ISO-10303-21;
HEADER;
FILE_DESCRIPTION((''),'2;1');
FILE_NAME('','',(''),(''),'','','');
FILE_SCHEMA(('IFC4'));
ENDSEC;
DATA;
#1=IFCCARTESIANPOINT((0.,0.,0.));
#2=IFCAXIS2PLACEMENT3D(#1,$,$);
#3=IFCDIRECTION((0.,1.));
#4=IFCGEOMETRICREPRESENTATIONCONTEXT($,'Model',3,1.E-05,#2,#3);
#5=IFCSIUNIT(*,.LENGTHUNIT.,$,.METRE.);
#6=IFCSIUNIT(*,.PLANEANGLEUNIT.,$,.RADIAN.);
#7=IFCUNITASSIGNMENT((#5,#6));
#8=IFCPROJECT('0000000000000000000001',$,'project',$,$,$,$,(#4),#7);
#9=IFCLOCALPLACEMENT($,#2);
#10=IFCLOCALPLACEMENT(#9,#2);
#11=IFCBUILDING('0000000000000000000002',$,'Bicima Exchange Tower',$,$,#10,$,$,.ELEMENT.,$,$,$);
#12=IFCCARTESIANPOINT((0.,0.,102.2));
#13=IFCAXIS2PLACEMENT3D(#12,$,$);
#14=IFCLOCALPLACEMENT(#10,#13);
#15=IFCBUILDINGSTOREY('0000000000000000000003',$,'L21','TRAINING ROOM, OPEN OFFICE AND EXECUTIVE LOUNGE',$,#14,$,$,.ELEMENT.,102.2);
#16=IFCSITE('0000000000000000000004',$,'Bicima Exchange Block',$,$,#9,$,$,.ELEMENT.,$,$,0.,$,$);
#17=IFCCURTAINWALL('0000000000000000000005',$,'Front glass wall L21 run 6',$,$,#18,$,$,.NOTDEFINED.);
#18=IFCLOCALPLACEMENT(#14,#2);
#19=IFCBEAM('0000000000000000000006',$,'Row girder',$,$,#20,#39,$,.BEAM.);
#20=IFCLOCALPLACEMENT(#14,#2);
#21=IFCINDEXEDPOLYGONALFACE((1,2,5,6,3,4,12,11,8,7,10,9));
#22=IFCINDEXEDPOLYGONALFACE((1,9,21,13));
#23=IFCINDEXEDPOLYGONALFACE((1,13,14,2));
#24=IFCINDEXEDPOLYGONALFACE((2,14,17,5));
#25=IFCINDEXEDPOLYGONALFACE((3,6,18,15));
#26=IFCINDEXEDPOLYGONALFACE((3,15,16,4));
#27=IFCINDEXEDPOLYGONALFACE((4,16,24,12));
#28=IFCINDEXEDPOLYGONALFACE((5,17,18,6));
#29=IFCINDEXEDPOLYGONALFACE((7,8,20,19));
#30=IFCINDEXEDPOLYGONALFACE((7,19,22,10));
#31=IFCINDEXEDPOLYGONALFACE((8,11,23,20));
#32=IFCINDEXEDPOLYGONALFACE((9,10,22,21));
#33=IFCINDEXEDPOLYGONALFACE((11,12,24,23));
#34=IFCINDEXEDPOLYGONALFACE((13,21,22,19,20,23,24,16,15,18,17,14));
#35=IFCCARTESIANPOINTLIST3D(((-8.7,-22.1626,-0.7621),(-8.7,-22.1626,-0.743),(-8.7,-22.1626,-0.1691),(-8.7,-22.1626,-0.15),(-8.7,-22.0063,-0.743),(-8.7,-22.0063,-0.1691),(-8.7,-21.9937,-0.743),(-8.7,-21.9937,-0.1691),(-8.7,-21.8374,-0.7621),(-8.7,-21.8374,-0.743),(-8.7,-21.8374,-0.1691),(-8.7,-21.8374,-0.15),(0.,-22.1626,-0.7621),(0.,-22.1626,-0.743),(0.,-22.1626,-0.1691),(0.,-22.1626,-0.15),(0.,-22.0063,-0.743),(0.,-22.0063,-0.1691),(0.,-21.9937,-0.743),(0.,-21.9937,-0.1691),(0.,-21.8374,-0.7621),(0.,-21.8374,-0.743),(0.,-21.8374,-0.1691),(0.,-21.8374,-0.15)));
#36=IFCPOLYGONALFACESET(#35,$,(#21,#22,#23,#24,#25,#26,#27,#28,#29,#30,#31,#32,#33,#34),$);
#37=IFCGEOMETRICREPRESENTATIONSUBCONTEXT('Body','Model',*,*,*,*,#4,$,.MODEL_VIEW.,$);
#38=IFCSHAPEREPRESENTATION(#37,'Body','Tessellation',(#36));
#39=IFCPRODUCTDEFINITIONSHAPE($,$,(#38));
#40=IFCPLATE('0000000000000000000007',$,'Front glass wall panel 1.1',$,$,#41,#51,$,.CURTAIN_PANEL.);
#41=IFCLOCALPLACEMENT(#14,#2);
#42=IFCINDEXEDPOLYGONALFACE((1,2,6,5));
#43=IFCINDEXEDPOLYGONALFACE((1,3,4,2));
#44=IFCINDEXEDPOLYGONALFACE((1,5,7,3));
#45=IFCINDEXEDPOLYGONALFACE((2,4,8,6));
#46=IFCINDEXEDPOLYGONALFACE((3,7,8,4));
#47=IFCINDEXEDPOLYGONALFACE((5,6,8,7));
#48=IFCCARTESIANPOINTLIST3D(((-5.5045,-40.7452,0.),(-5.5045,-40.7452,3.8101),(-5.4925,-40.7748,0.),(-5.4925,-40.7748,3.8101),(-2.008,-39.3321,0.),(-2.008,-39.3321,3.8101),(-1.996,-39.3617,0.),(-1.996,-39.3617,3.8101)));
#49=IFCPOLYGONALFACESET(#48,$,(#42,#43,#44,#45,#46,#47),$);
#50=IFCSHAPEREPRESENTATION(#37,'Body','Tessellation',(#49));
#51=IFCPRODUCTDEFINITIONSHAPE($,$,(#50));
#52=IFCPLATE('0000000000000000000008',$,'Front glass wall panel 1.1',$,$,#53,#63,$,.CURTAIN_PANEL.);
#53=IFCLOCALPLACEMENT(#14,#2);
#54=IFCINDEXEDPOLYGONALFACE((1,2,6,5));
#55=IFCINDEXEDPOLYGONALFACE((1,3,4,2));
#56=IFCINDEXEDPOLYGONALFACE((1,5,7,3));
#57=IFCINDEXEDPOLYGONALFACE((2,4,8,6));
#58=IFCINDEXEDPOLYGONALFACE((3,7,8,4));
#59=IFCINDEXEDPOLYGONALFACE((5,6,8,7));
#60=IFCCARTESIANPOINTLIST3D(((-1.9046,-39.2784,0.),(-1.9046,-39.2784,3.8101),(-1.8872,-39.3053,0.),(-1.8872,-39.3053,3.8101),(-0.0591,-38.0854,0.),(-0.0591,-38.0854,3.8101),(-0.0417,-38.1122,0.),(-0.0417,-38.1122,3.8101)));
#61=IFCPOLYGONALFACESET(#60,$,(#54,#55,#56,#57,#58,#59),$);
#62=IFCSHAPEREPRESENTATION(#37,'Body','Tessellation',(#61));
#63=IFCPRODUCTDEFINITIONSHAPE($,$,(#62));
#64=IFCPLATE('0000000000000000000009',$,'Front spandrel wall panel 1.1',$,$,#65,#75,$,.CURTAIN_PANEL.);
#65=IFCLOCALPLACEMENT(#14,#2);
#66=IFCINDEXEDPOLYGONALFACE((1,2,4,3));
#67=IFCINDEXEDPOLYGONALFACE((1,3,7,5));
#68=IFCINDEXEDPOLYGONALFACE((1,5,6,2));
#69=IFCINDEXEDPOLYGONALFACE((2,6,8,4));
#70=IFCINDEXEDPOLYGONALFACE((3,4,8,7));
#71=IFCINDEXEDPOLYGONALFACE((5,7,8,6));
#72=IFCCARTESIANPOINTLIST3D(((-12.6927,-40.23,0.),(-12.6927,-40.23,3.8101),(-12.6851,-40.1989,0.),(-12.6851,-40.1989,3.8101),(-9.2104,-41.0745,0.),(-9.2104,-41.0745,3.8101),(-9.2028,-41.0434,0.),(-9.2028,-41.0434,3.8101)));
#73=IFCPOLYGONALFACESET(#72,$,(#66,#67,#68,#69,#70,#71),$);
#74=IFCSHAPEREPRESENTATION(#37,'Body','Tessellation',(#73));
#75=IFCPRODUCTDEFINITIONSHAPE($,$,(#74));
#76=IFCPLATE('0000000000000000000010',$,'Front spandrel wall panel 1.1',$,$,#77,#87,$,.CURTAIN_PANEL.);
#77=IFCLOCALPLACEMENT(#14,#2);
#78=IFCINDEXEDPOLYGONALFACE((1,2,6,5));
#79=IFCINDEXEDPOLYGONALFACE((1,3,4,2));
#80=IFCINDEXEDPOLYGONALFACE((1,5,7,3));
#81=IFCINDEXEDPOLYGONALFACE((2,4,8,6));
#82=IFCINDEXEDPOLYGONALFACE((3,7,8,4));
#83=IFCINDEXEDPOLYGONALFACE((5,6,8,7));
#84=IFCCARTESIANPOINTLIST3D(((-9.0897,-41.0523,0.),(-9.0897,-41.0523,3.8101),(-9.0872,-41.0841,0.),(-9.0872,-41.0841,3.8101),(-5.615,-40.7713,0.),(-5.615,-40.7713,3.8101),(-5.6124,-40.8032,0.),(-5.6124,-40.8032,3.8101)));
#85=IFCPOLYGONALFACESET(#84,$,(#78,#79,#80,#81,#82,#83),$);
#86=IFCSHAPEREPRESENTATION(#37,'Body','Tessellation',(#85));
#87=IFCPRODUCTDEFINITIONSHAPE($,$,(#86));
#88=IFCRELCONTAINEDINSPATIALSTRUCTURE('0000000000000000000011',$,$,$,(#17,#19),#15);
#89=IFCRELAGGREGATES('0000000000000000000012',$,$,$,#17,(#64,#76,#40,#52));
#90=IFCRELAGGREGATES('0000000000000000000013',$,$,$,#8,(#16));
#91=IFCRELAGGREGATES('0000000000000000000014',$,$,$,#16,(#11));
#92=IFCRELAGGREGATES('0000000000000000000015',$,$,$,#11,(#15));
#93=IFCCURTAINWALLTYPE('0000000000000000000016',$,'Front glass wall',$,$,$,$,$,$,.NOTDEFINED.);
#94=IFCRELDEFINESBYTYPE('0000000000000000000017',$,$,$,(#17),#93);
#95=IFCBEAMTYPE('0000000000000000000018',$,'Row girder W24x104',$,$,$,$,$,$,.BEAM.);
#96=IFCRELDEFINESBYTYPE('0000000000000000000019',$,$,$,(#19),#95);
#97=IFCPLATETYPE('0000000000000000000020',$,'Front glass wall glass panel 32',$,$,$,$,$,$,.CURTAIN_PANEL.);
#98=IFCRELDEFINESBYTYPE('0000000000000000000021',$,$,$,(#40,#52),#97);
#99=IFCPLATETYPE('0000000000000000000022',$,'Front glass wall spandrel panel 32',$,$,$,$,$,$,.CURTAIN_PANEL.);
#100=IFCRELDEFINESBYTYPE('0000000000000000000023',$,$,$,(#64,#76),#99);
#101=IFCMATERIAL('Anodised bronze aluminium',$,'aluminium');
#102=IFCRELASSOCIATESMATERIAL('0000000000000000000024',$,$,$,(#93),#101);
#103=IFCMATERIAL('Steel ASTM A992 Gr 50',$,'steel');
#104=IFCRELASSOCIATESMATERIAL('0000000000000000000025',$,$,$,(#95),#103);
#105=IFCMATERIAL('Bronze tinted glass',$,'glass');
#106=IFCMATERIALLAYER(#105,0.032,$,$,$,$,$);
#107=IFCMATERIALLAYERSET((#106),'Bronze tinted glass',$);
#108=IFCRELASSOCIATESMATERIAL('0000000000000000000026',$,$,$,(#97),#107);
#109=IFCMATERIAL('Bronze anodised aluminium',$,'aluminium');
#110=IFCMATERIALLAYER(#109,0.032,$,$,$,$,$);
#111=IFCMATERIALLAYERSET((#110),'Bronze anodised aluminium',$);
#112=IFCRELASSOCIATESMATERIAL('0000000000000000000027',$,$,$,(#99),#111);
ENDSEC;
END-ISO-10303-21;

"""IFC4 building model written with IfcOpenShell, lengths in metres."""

from ifc_helpers import new_model, si_unit, direction, frame, origin, origin_2d, place, context, subcontext, project, spatial, rectangle, i_section, extrude, material, layer, layer_set, material_profile, profile_set, type_object, element, aggregate, save


model = new_model("IFC4")

# Units and contexts
model_context = context("Model", 3, precision=1e-05, world=origin(), true_north=direction((0.0, 1.0)))
body_context = subcontext(model_context, "Body", "Model", "MODEL_VIEW")
ifc_project = project(units=[si_unit("LENGTHUNIT", "METRE"), si_unit("PLANEANGLEUNIT", "RADIAN")], contexts=[model_context])

# Site, building, storey
site_placement = place(None, origin())
site = spatial("IfcSite", under=ifc_project, at=site_placement, Name="Bicima Exchange Block", CompositionType="ELEMENT", RefElevation=0.0)
building_placement = place(site_placement, origin())
building = spatial("IfcBuilding", under=site, at=building_placement, Name="Bicima Exchange Tower", CompositionType="ELEMENT")
storey_placement = place(building_placement, frame((0.0, 0.0, 102.2)))
storey = spatial("IfcBuildingStorey", under=building, at=storey_placement, Name="L21", Description="TRAINING ROOM, OPEN OFFICE AND EXECUTIVE LOUNGE", CompositionType="ELEMENT", Elevation=102.2)

# Shared definitions
ifc_material_1 = material(Name="Steel ASTM A992 Gr 50", Category="steel")

# Curtain wall
ifc_material_2 = material(Name="Anodised bronze aluminium", Category="aluminium")
curtain_wall_type = type_object("IfcCurtainWallType", Name="Front glass wall", PredefinedType="NOTDEFINED", material=ifc_material_2)
curtain_wall_placement = place(storey_placement, origin())
curtain_wall = element("IfcCurtainWall", 1, at=curtain_wall_placement, inside=storey, type_object=curtain_wall_type, Name="Front glass wall L21 run 6", PredefinedType="NOTDEFINED")

# Beam
ifc_material_profile_1 = material_profile(ifc_material_1, i_section(OverallWidth=0.3252, OverallDepth=0.6121, WebThickness=0.0127, FlangeThickness=0.019, at=origin_2d()))
ifc_profile_set_1 = profile_set([ifc_material_profile_1], Name="Steel ASTM A992 Gr 50")
beam_type_1 = type_object("IfcBeamType", Name="Row girder W24x104", PredefinedType="BEAM", material=ifc_profile_set_1)
beam_1_placement = place(storey_placement, frame((-8.7, -22.0, -0.4561), z_axis=(1.0, 0.0, 0.0), x_axis=(0.0, 1.0, 0.0)))
element("IfcBeam", 2, at=beam_1_placement, inside=storey, type_object=beam_type_1, Name="Row girder", PredefinedType="BEAM", context=body_context, shape_type="SweptSolid", body=[
    extrude(i_section(OverallWidth=0.3252, OverallDepth=0.6121, WebThickness=0.0127, FlangeThickness=0.019, at=origin_2d()), origin(), (0.0, 0.0, 1.0), 8.7),
])

# Plates
ifc_material_3 = material(Name="Bronze tinted glass", Category="glass")
ifc_layer_1 = layer(ifc_material_3, 0.032)
ifc_layer_set_1 = layer_set([ifc_layer_1], Name="Bronze tinted glass")
plate_type_1 = type_object("IfcPlateType", Name="Front glass wall glass panel 32", PredefinedType="CURTAIN_PANEL", material=ifc_layer_set_1)
plate_1_placement = place(storey_placement, frame((-3.7502, -40.0535, 0.0), z_axis=(0.0, 0.0, 1.0), x_axis=(0.927144, 0.374705, 0.0)))
plate_1 = element("IfcPlate", 3, at=plate_1_placement, type_object=plate_type_1, Name="Front glass wall panel 1.1", PredefinedType="CURTAIN_PANEL", context=body_context, shape_type="SweptSolid", body=[
    extrude(rectangle(XDim=3.7712, YDim=0.032, at=origin_2d()), origin(), (0.0, 0.0, 1.0), 3.8101),
])
plate_2_placement = place(storey_placement, frame((-0.9731, -38.6953, 0.0), z_axis=(0.0, 0.0, 1.0), x_axis=(0.839799, 0.542897, 0.0)))
plate_2 = element("IfcPlate", 4, at=plate_2_placement, type_object=plate_type_1, Name="Front glass wall panel 1.1", PredefinedType="CURTAIN_PANEL", context=body_context, shape_type="SweptSolid", body=[
    extrude(rectangle(XDim=2.1975, YDim=0.032, at=origin_2d()), origin(), (0.0, 0.0, 1.0), 3.8101),
])
ifc_material_4 = material(Name="Bronze anodised aluminium", Category="aluminium")
ifc_layer_2 = layer(ifc_material_4, 0.032)
ifc_layer_set_2 = layer_set([ifc_layer_2], Name="Bronze anodised aluminium")
plate_type_2 = type_object("IfcPlateType", Name="Front glass wall spandrel panel 32", PredefinedType="CURTAIN_PANEL", material=ifc_layer_set_2)
plate_3_placement = place(storey_placement, frame((-10.9478, -40.6367, 0.0), z_axis=(0.0, 0.0, 1.0), x_axis=(0.97183, -0.235682, 0.0)))
plate_3 = element("IfcPlate", 5, at=plate_3_placement, type_object=plate_type_2, Name="Front spandrel wall panel 1.1", PredefinedType="CURTAIN_PANEL", context=body_context, shape_type="SweptSolid", body=[
    extrude(rectangle(XDim=3.5833, YDim=0.032, at=origin_2d()), origin(), (0.0, 0.0, 1.0), 3.8101),
])
plate_4_placement = place(storey_placement, frame((-7.3511, -40.9277, 0.0), z_axis=(0.0, 0.0, 1.0), x_axis=(0.996747, 0.080589, 0.0)))
plate_4 = element("IfcPlate", 6, at=plate_4_placement, type_object=plate_type_2, Name="Front spandrel wall panel 1.1", PredefinedType="CURTAIN_PANEL", context=body_context, shape_type="SweptSolid", body=[
    extrude(rectangle(XDim=3.4861, YDim=0.032, at=origin_2d()), origin(), (0.0, 0.0, 1.0), 3.8101),
])
aggregate(curtain_wall, [plate_3, plate_4, plate_1, plate_2])

save(model, "model.ifc")
